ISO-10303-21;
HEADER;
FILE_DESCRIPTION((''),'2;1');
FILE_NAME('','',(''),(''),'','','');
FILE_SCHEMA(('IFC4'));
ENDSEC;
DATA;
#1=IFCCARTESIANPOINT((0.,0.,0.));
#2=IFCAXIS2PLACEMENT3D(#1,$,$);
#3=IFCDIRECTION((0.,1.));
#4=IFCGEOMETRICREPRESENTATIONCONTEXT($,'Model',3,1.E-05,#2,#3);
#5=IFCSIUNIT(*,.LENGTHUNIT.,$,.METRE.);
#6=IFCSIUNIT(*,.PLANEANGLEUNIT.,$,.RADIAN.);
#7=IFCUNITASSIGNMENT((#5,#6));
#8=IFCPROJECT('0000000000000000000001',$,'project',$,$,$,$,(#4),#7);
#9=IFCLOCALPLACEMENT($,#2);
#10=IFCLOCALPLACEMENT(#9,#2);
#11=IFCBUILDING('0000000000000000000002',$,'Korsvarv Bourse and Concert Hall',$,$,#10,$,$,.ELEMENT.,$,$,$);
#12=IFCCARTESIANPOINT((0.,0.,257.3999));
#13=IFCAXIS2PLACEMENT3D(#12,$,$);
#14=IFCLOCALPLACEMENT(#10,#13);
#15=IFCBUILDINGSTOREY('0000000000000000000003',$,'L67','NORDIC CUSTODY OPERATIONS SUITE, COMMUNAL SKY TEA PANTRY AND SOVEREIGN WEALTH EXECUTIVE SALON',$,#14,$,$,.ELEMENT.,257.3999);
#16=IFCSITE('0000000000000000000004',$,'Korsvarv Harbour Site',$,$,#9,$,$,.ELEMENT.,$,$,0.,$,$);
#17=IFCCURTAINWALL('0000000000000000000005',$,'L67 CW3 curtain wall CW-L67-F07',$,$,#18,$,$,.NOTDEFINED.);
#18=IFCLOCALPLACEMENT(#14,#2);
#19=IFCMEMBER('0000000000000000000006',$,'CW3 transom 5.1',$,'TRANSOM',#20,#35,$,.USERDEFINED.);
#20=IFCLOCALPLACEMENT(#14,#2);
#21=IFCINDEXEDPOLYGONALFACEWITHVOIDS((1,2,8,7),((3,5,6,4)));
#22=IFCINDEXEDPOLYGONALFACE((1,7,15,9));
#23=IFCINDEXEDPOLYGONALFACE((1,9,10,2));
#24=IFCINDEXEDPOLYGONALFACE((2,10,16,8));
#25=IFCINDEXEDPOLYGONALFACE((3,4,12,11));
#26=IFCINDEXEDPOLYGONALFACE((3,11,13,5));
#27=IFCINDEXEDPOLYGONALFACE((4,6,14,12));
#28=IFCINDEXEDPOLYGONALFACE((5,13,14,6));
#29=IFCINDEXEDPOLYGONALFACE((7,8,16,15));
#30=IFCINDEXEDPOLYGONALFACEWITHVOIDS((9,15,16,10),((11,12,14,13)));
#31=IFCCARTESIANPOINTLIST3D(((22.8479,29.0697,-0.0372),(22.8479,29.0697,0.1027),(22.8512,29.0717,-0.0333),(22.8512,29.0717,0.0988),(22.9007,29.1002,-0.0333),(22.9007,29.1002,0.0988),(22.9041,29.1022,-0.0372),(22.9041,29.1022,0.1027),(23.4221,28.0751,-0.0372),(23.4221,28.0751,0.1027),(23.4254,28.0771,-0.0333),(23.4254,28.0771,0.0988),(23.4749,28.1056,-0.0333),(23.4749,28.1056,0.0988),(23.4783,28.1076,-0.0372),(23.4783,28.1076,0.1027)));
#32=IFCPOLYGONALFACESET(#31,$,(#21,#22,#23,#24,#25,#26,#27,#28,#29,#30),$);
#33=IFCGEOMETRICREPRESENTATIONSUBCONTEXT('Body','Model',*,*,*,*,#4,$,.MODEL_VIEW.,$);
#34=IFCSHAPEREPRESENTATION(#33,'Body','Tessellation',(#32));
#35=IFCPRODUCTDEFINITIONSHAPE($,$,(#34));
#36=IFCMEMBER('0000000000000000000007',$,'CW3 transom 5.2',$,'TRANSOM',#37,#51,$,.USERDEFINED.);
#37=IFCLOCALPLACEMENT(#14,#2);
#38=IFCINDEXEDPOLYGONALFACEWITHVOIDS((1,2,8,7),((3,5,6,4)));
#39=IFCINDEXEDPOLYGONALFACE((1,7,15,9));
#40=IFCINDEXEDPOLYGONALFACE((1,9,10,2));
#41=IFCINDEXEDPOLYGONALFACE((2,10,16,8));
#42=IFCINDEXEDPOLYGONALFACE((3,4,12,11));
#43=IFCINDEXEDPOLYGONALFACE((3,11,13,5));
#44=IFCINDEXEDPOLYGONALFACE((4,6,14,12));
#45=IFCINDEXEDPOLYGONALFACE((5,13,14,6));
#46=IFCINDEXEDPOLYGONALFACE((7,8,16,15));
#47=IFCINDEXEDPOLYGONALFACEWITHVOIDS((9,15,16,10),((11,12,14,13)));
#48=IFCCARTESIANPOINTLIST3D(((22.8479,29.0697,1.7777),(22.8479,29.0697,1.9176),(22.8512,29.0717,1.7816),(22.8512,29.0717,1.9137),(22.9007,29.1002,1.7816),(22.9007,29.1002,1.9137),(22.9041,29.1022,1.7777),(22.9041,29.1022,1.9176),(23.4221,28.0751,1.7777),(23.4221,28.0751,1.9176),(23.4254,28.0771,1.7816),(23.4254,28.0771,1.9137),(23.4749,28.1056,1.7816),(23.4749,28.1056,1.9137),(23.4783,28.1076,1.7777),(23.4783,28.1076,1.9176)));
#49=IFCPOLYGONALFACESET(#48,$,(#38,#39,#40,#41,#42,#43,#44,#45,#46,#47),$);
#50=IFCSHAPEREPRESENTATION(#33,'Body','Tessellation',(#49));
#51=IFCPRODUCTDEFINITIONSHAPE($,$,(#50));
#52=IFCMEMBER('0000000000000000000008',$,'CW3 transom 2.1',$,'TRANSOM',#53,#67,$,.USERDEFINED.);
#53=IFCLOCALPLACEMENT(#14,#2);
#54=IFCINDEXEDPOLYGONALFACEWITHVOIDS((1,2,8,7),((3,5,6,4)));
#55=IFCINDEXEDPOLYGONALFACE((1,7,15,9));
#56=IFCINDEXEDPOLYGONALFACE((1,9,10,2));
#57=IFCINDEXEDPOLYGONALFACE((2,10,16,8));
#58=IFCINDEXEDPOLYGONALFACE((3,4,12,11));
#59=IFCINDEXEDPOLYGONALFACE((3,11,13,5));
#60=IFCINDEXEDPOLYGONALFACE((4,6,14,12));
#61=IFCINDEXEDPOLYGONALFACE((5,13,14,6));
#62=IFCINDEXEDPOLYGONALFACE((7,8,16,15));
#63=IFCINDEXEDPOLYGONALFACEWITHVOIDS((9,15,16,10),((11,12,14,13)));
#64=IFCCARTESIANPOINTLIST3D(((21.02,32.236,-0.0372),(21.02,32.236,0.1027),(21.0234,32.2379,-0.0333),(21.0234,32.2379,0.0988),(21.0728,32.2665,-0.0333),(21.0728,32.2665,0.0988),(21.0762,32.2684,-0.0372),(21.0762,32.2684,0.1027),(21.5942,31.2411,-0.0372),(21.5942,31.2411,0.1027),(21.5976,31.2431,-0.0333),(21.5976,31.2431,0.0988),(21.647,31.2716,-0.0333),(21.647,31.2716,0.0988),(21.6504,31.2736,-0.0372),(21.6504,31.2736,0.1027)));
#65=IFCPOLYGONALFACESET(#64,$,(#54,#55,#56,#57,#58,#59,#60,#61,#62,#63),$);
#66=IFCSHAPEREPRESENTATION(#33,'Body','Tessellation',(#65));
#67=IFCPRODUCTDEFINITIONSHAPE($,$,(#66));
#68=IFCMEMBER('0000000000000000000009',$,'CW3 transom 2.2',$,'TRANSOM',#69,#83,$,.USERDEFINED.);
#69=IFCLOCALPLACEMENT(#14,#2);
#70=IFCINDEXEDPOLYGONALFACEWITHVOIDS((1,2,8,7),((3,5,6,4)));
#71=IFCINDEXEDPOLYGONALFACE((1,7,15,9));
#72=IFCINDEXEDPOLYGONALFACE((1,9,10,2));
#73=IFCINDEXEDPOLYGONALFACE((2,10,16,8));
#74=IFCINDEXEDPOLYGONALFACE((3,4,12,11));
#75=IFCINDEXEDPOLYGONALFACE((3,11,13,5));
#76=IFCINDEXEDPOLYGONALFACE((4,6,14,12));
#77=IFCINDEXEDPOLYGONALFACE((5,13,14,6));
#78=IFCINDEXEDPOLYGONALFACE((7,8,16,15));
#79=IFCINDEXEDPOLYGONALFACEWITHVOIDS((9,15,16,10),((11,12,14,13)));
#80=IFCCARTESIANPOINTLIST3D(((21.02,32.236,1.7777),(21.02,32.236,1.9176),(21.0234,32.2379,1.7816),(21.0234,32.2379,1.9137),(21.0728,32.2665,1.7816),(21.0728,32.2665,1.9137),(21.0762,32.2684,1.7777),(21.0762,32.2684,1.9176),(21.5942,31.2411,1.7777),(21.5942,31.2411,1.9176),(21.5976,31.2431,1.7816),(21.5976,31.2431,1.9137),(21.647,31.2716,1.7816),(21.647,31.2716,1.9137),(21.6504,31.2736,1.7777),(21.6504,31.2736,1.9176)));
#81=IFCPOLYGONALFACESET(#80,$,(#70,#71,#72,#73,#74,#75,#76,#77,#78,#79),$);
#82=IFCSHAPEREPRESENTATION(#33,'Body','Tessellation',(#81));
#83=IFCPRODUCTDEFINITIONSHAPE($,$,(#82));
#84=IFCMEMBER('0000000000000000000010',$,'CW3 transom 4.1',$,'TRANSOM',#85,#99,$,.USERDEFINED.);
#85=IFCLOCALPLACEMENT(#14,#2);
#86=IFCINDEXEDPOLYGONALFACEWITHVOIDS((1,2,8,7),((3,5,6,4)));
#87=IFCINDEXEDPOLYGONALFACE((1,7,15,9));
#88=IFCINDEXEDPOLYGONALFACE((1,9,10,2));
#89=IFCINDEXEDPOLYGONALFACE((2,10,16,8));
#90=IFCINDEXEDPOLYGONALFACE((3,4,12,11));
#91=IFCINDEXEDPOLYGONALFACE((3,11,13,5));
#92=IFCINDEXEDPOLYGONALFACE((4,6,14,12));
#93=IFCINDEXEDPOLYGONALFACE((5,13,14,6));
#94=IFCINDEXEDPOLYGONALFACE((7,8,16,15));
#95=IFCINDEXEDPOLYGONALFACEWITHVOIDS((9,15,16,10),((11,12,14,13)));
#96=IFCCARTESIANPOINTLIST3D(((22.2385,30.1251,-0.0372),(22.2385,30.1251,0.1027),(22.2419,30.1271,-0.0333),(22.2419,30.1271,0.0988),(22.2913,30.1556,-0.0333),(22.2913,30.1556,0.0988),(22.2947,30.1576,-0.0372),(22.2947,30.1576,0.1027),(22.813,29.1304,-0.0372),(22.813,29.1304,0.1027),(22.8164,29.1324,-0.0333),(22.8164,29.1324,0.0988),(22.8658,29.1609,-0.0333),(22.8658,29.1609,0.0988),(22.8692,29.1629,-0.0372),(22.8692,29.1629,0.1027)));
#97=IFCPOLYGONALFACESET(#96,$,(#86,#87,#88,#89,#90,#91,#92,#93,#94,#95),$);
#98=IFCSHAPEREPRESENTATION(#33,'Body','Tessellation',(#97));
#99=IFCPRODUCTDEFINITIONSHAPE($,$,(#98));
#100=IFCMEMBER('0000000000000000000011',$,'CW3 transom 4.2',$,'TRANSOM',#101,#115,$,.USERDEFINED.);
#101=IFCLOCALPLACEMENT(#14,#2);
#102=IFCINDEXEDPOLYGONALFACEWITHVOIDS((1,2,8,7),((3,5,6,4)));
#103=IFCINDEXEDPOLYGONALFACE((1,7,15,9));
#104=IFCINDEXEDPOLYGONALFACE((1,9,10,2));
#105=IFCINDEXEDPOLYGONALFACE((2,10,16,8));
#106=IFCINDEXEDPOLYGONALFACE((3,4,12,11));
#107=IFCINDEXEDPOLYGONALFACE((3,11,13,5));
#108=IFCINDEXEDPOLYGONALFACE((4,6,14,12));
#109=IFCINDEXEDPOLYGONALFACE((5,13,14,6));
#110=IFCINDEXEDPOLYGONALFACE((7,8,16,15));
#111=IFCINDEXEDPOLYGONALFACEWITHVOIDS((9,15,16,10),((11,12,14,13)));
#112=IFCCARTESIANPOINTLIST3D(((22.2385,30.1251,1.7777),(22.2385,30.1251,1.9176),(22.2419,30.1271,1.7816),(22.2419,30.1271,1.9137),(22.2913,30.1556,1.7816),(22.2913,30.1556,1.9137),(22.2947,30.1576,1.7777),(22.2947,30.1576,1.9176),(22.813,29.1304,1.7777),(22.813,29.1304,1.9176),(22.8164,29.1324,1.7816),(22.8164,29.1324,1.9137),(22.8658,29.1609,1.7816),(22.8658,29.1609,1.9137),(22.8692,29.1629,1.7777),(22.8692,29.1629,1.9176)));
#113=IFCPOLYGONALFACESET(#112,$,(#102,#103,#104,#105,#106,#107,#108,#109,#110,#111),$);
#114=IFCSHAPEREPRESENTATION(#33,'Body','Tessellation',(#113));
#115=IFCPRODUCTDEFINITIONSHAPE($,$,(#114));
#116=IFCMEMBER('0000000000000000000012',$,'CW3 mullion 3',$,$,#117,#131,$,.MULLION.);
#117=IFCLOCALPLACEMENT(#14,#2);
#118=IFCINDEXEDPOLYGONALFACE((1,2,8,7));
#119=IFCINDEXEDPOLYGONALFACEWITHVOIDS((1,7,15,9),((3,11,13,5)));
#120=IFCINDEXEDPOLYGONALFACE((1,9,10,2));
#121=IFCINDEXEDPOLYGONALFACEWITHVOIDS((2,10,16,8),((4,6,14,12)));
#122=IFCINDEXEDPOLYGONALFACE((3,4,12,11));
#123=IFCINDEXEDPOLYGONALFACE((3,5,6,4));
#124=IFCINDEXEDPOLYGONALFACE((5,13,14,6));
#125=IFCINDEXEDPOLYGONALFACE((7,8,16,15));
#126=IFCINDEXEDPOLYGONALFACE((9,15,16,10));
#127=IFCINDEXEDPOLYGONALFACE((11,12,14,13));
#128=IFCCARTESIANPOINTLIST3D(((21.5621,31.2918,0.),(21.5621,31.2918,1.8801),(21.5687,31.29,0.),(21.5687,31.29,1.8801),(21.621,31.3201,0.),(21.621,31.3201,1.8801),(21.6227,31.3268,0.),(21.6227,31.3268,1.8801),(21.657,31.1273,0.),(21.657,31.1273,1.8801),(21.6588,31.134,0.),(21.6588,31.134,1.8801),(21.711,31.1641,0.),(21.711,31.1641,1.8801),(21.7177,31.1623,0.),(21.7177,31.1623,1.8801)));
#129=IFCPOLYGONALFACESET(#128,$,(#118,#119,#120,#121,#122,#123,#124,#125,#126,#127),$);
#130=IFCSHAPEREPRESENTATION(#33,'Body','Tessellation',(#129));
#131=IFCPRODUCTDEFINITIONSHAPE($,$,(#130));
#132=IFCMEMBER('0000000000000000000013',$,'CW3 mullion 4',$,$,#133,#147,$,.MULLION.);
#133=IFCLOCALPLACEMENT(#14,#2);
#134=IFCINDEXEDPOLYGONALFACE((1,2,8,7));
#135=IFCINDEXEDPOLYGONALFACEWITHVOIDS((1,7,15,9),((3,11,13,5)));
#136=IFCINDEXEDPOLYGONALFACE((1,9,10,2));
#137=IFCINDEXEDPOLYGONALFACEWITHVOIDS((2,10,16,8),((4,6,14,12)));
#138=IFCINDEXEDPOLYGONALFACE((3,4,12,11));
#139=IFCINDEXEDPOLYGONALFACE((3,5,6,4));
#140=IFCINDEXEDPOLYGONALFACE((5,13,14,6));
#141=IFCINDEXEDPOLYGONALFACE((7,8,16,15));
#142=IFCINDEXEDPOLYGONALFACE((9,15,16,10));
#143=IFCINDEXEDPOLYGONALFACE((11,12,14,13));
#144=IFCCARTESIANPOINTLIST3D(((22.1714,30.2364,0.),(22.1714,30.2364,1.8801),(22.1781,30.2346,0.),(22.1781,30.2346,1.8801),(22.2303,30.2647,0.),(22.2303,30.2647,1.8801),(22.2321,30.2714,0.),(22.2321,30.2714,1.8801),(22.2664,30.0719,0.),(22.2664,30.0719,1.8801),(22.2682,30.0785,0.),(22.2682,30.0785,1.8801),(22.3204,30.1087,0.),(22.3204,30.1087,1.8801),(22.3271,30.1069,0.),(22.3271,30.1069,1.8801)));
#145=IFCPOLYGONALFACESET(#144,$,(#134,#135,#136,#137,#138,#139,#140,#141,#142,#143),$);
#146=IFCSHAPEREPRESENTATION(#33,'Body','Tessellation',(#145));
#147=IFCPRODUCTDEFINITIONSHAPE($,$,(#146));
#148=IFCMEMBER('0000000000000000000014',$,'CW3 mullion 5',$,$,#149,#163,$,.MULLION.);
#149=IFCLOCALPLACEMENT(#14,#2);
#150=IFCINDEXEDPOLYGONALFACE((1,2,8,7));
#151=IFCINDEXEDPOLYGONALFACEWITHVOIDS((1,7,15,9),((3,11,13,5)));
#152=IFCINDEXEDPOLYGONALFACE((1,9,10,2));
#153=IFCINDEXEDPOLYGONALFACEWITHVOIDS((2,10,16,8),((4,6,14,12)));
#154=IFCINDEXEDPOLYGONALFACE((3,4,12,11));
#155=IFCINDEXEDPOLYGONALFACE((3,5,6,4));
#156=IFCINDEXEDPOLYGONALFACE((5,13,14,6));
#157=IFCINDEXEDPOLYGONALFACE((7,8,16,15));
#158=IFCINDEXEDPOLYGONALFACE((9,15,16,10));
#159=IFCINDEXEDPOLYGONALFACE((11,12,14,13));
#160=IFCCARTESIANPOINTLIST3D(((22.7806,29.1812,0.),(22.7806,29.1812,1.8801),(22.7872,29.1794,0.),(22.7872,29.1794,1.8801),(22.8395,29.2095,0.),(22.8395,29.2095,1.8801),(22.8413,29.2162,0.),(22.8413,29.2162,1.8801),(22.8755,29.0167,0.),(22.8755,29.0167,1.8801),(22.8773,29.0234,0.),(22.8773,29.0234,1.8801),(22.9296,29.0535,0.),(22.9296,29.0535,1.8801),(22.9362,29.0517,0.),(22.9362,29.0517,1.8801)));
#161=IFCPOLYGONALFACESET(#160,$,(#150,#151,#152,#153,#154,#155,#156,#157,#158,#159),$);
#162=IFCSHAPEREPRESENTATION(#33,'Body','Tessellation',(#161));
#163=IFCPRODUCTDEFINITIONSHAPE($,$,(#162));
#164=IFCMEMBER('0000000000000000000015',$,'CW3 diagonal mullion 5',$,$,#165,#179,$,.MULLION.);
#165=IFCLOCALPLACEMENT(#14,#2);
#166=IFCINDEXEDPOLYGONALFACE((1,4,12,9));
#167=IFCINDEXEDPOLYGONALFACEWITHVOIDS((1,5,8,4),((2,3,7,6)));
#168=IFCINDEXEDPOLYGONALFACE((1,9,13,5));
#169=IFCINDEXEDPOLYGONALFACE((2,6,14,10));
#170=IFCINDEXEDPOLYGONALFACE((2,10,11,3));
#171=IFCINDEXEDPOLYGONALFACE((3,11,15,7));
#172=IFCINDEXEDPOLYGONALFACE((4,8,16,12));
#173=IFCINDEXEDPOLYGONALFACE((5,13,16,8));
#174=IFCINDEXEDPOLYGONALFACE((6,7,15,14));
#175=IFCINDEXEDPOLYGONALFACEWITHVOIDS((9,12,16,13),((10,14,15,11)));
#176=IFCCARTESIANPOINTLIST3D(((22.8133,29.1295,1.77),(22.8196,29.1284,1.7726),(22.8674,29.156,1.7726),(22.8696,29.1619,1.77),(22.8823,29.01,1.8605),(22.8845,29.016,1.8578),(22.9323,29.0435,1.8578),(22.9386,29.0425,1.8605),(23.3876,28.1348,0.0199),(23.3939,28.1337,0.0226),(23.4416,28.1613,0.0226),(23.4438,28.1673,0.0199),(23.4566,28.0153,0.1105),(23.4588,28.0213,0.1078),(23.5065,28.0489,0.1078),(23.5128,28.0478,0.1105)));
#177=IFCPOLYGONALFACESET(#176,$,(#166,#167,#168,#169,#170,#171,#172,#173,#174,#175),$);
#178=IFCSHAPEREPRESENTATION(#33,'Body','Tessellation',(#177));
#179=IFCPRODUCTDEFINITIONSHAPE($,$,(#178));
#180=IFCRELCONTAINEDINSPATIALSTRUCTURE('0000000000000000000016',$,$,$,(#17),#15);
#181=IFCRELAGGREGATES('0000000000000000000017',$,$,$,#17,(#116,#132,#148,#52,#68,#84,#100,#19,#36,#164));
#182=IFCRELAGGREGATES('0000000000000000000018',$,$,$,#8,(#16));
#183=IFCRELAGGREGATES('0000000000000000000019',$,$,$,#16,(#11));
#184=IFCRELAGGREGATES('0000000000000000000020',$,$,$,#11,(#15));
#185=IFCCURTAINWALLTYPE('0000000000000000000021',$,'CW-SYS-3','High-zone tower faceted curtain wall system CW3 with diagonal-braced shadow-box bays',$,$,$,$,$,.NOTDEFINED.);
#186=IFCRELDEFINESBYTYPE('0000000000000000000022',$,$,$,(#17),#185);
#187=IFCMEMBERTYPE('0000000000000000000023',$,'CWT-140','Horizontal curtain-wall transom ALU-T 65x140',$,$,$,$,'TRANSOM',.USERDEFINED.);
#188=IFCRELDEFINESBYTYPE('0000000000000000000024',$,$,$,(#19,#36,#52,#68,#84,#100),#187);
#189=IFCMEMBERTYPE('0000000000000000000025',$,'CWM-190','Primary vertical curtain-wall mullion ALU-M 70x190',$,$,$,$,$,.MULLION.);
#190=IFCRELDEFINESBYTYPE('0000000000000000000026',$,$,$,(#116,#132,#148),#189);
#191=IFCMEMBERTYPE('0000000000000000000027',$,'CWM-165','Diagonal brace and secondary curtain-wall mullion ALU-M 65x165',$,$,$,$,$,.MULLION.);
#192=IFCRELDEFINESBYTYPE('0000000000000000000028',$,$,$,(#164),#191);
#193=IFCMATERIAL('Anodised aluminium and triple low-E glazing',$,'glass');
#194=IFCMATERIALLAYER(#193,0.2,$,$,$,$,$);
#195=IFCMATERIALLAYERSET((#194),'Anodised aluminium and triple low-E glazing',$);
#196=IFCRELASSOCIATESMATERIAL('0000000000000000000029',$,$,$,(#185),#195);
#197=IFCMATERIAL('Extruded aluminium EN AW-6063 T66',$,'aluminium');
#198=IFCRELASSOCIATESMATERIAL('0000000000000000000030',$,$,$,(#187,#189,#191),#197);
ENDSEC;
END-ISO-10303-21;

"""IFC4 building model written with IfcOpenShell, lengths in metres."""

from ifc_helpers import new_model, si_unit, direction, frame, origin, origin_2d, place, context, subcontext, project, spatial, hollow_rectangle, extrude, source, transform, mapped, material, layer, layer_set, material_profile, profile_set, type_object, element, aggregate, save


model = new_model("IFC4")

# Units and contexts
model_context = context("Model", 3, precision=1e-05, world=origin(), true_north=direction((0.0, 1.0)))
body_context = subcontext(model_context, "Body", "Model", "MODEL_VIEW")
ifc_project = project(units=[si_unit("LENGTHUNIT", "METRE"), si_unit("PLANEANGLEUNIT", "RADIAN")], contexts=[model_context])

# Site, building, storey
site_placement = place(None, origin())
site = spatial("IfcSite", under=ifc_project, at=site_placement, Name="Korsvarv Harbour Site", CompositionType="ELEMENT", RefElevation=0.0)
building_placement = place(site_placement, origin())
building = spatial("IfcBuilding", under=site, at=building_placement, Name="Korsvarv Bourse and Concert Hall", CompositionType="ELEMENT")
storey_placement = place(building_placement, frame((0.0, 0.0, 257.3999)))
storey = spatial("IfcBuildingStorey", under=building, at=storey_placement, Name="L67", Description="NORDIC CUSTODY OPERATIONS SUITE, COMMUNAL SKY TEA PANTRY AND SOVEREIGN WEALTH EXECUTIVE SALON", CompositionType="ELEMENT", Elevation=257.3999)

# Curtain wall, members
ifc_material_1 = material(Name="Anodised aluminium and triple low-E glazing", Category="glass")
ifc_layer_1 = layer(ifc_material_1, 0.2)
ifc_layer_set_1 = layer_set([ifc_layer_1], Name="Anodised aluminium and triple low-E glazing")
curtain_wall_type = type_object("IfcCurtainWallType", Name="CW-SYS-3", Description="High-zone tower faceted curtain wall system CW3 with diagonal-braced shadow-box bays", PredefinedType="NOTDEFINED", material=ifc_layer_set_1)
curtain_wall_placement = place(storey_placement, origin())
curtain_wall = element("IfcCurtainWall", 1, at=curtain_wall_placement, inside=storey, type_object=curtain_wall_type, Name="L67 CW3 curtain wall CW-L67-F07", PredefinedType="NOTDEFINED")
ifc_material_2 = material(Name="Extruded aluminium EN AW-6063 T66", Category="aluminium")
ifc_material_profile_1 = material_profile(ifc_material_2, hollow_rectangle(XDim=0.0649, YDim=0.1399, WallThickness=0.0039, at=origin_2d()), Name="ALU-T 65x140")
ifc_profile_set_1 = profile_set([ifc_material_profile_1], Name="Extruded aluminium EN AW-6063 T66")
member_type_1 = type_object("IfcMemberType", Name="CWT-140", Description="Horizontal curtain-wall transom ALU-T 65x140", ElementType="TRANSOM", PredefinedType="USERDEFINED", material=ifc_profile_set_1)
shared_shape_1 = source(origin(), body_context, "Body", "SweptSolid", [
    extrude(hollow_rectangle(XDim=0.0649, YDim=0.1399, WallThickness=0.0039, at=origin_2d()), origin(), (0.0, 0.0, 1.0), 1.1484),
])
member_1_placement = place(storey_placement, frame((22.876, 29.0859, 0.0327), z_axis=(0.49998, -0.866037, 0.0), x_axis=(0.866037, 0.49998, 0.0)))
member_1 = element("IfcMember", 2, at=member_1_placement, type_object=member_type_1, Name="CW3 transom 5.1", ObjectType="TRANSOM", PredefinedType="USERDEFINED", context=body_context, shape_type="MappedRepresentation", body=[
    mapped(shared_shape_1, transform((0.0, 0.0, 0.0), scale=1.0)),
])
member_2_placement = place(storey_placement, frame((22.876, 29.0859, 1.8477), z_axis=(0.49998, -0.866037, 0.0), x_axis=(0.866037, 0.49998, 0.0)))
member_2 = element("IfcMember", 3, at=member_2_placement, type_object=member_type_1, Name="CW3 transom 5.2", ObjectType="TRANSOM", PredefinedType="USERDEFINED", context=body_context, shape_type="MappedRepresentation", body=[
    mapped(shared_shape_1, transform((0.0, 0.0, 0.0), scale=1.0)),
])
shared_shape_2 = source(origin(), body_context, "Body", "SweptSolid", [
    extrude(hollow_rectangle(XDim=0.0649, YDim=0.1399, WallThickness=0.0039, at=origin_2d()), origin(), (0.0, 0.0, 1.0), 1.1487),
])
member_3_placement = place(storey_placement, frame((21.0481, 32.2522, 0.0327), z_axis=(0.499888, -0.86609, 0.0), x_axis=(0.86609, 0.499888, 0.0)))
member_3 = element("IfcMember", 4, at=member_3_placement, type_object=member_type_1, Name="CW3 transom 2.1", ObjectType="TRANSOM", PredefinedType="USERDEFINED", context=body_context, shape_type="MappedRepresentation", body=[
    mapped(shared_shape_2, transform((0.0, 0.0, 0.0), scale=1.0)),
])
member_4_placement = place(storey_placement, frame((21.0481, 32.2522, 1.8477), z_axis=(0.499888, -0.86609, 0.0), x_axis=(0.86609, 0.499888, 0.0)))
member_4 = element("IfcMember", 5, at=member_4_placement, type_object=member_type_1, Name="CW3 transom 2.2", ObjectType="TRANSOM", PredefinedType="USERDEFINED", context=body_context, shape_type="MappedRepresentation", body=[
    mapped(shared_shape_2, transform((0.0, 0.0, 0.0), scale=1.0)),
])
member_5_placement = place(storey_placement, frame((22.2666, 30.1414, 0.0327), z_axis=(0.500139, -0.865945, 0.0), x_axis=(0.865945, 0.500139, 0.0)))
member_5 = element("IfcMember", 6, at=member_5_placement, type_object=member_type_1, Name="CW3 transom 4.1", ObjectType="TRANSOM", PredefinedType="USERDEFINED", context=body_context, shape_type="MappedRepresentation", body=[
    mapped(shared_shape_2, transform((0.0, 0.0, 0.0), scale=1.0)),
])
member_6_placement = place(storey_placement, frame((22.2666, 30.1414, 1.8477), z_axis=(0.500139, -0.865945, 0.0), x_axis=(0.865945, 0.500139, 0.0)))
member_6 = element("IfcMember", 7, at=member_6_placement, type_object=member_type_1, Name="CW3 transom 4.2", ObjectType="TRANSOM", PredefinedType="USERDEFINED", context=body_context, shape_type="MappedRepresentation", body=[
    mapped(shared_shape_2, transform((0.0, 0.0, 0.0), scale=1.0)),
])
ifc_material_profile_2 = material_profile(ifc_material_2, hollow_rectangle(XDim=0.0701, YDim=0.1899, WallThickness=0.0049, at=origin_2d()), Name="ALU-M 70x190")
ifc_profile_set_2 = profile_set([ifc_material_profile_2], Name="Extruded aluminium EN AW-6063 T66")
member_type_2 = type_object("IfcMemberType", Name="CWM-190", Description="Primary vertical curtain-wall mullion ALU-M 70x190", PredefinedType="MULLION", material=ifc_profile_set_2)
shared_shape_3 = source(origin(), body_context, "Body", "SweptSolid", [
    extrude(hollow_rectangle(XDim=0.0701, YDim=0.1899, WallThickness=0.0049, at=origin_2d()), origin(), (0.0, 0.0, 1.0), 1.8801),
])
member_7_placement = place(storey_placement, frame((21.6399, 31.2271, 0.0), z_axis=(0.0, 0.0, 1.0), x_axis=(0.866023, 0.500004, 0.0)))
member_7 = element("IfcMember", 8, at=member_7_placement, type_object=member_type_2, Name="CW3 mullion 3", PredefinedType="MULLION", context=body_context, shape_type="MappedRepresentation", body=[
    mapped(shared_shape_3, transform((0.0, 0.0, 0.0), scale=1.0)),
])
member_8_placement = place(storey_placement, frame((22.2493, 30.1716, 0.0), z_axis=(0.0, 0.0, 1.0), x_axis=(0.866023, 0.500004, 0.0)))
member_8 = element("IfcMember", 9, at=member_8_placement, type_object=member_type_2, Name="CW3 mullion 4", PredefinedType="MULLION", context=body_context, shape_type="MappedRepresentation", body=[
    mapped(shared_shape_3, transform((0.0, 0.0, 0.0), scale=1.0)),
])
member_9_placement = place(storey_placement, frame((22.8584, 29.1165, 0.0), z_axis=(0.0, 0.0, 1.0), x_axis=(0.866023, 0.500004, 0.0)))
member_9 = element("IfcMember", 10, at=member_9_placement, type_object=member_type_2, Name="CW3 mullion 5", PredefinedType="MULLION", context=body_context, shape_type="MappedRepresentation", body=[
    mapped(shared_shape_3, transform((0.0, 0.0, 0.0), scale=1.0)),
])
ifc_material_profile_3 = material_profile(ifc_material_2, hollow_rectangle(XDim=0.0649, YDim=0.165, WallThickness=0.0049, at=origin_2d()), Name="ALU-M 65x165")
ifc_profile_set_3 = profile_set([ifc_material_profile_3], Name="Extruded aluminium EN AW-6063 T66")
member_type_3 = type_object("IfcMemberType", Name="CWM-165", Description="Diagonal brace and secondary curtain-wall mullion ALU-M 65x165", PredefinedType="MULLION", material=ifc_profile_set_3)
shared_shape_4 = source(origin(), body_context, "Body", "SweptSolid", [
    extrude(hollow_rectangle(XDim=0.0649, YDim=0.165, WallThickness=0.0049, at=origin_2d()), origin(), (0.0, 0.0, 1.0), 2.0933),
])
member_10_placement = place(storey_placement, frame((23.4502, 28.0913, 0.0652), z_axis=(-0.274325, 0.47517, 0.836038), x_axis=(-0.866037, -0.49998, 0.0)))
member_10 = element("IfcMember", 11, at=member_10_placement, type_object=member_type_3, Name="CW3 diagonal mullion 5", PredefinedType="MULLION", context=body_context, shape_type="MappedRepresentation", body=[
    mapped(shared_shape_4, transform((0.0, 0.0, 0.0), scale=1.0)),
])

aggregate(curtain_wall, [member_7, member_8, member_9, member_3, member_4, member_5, member_6, member_1, member_2, member_10])

save(model, "model.ifc")
